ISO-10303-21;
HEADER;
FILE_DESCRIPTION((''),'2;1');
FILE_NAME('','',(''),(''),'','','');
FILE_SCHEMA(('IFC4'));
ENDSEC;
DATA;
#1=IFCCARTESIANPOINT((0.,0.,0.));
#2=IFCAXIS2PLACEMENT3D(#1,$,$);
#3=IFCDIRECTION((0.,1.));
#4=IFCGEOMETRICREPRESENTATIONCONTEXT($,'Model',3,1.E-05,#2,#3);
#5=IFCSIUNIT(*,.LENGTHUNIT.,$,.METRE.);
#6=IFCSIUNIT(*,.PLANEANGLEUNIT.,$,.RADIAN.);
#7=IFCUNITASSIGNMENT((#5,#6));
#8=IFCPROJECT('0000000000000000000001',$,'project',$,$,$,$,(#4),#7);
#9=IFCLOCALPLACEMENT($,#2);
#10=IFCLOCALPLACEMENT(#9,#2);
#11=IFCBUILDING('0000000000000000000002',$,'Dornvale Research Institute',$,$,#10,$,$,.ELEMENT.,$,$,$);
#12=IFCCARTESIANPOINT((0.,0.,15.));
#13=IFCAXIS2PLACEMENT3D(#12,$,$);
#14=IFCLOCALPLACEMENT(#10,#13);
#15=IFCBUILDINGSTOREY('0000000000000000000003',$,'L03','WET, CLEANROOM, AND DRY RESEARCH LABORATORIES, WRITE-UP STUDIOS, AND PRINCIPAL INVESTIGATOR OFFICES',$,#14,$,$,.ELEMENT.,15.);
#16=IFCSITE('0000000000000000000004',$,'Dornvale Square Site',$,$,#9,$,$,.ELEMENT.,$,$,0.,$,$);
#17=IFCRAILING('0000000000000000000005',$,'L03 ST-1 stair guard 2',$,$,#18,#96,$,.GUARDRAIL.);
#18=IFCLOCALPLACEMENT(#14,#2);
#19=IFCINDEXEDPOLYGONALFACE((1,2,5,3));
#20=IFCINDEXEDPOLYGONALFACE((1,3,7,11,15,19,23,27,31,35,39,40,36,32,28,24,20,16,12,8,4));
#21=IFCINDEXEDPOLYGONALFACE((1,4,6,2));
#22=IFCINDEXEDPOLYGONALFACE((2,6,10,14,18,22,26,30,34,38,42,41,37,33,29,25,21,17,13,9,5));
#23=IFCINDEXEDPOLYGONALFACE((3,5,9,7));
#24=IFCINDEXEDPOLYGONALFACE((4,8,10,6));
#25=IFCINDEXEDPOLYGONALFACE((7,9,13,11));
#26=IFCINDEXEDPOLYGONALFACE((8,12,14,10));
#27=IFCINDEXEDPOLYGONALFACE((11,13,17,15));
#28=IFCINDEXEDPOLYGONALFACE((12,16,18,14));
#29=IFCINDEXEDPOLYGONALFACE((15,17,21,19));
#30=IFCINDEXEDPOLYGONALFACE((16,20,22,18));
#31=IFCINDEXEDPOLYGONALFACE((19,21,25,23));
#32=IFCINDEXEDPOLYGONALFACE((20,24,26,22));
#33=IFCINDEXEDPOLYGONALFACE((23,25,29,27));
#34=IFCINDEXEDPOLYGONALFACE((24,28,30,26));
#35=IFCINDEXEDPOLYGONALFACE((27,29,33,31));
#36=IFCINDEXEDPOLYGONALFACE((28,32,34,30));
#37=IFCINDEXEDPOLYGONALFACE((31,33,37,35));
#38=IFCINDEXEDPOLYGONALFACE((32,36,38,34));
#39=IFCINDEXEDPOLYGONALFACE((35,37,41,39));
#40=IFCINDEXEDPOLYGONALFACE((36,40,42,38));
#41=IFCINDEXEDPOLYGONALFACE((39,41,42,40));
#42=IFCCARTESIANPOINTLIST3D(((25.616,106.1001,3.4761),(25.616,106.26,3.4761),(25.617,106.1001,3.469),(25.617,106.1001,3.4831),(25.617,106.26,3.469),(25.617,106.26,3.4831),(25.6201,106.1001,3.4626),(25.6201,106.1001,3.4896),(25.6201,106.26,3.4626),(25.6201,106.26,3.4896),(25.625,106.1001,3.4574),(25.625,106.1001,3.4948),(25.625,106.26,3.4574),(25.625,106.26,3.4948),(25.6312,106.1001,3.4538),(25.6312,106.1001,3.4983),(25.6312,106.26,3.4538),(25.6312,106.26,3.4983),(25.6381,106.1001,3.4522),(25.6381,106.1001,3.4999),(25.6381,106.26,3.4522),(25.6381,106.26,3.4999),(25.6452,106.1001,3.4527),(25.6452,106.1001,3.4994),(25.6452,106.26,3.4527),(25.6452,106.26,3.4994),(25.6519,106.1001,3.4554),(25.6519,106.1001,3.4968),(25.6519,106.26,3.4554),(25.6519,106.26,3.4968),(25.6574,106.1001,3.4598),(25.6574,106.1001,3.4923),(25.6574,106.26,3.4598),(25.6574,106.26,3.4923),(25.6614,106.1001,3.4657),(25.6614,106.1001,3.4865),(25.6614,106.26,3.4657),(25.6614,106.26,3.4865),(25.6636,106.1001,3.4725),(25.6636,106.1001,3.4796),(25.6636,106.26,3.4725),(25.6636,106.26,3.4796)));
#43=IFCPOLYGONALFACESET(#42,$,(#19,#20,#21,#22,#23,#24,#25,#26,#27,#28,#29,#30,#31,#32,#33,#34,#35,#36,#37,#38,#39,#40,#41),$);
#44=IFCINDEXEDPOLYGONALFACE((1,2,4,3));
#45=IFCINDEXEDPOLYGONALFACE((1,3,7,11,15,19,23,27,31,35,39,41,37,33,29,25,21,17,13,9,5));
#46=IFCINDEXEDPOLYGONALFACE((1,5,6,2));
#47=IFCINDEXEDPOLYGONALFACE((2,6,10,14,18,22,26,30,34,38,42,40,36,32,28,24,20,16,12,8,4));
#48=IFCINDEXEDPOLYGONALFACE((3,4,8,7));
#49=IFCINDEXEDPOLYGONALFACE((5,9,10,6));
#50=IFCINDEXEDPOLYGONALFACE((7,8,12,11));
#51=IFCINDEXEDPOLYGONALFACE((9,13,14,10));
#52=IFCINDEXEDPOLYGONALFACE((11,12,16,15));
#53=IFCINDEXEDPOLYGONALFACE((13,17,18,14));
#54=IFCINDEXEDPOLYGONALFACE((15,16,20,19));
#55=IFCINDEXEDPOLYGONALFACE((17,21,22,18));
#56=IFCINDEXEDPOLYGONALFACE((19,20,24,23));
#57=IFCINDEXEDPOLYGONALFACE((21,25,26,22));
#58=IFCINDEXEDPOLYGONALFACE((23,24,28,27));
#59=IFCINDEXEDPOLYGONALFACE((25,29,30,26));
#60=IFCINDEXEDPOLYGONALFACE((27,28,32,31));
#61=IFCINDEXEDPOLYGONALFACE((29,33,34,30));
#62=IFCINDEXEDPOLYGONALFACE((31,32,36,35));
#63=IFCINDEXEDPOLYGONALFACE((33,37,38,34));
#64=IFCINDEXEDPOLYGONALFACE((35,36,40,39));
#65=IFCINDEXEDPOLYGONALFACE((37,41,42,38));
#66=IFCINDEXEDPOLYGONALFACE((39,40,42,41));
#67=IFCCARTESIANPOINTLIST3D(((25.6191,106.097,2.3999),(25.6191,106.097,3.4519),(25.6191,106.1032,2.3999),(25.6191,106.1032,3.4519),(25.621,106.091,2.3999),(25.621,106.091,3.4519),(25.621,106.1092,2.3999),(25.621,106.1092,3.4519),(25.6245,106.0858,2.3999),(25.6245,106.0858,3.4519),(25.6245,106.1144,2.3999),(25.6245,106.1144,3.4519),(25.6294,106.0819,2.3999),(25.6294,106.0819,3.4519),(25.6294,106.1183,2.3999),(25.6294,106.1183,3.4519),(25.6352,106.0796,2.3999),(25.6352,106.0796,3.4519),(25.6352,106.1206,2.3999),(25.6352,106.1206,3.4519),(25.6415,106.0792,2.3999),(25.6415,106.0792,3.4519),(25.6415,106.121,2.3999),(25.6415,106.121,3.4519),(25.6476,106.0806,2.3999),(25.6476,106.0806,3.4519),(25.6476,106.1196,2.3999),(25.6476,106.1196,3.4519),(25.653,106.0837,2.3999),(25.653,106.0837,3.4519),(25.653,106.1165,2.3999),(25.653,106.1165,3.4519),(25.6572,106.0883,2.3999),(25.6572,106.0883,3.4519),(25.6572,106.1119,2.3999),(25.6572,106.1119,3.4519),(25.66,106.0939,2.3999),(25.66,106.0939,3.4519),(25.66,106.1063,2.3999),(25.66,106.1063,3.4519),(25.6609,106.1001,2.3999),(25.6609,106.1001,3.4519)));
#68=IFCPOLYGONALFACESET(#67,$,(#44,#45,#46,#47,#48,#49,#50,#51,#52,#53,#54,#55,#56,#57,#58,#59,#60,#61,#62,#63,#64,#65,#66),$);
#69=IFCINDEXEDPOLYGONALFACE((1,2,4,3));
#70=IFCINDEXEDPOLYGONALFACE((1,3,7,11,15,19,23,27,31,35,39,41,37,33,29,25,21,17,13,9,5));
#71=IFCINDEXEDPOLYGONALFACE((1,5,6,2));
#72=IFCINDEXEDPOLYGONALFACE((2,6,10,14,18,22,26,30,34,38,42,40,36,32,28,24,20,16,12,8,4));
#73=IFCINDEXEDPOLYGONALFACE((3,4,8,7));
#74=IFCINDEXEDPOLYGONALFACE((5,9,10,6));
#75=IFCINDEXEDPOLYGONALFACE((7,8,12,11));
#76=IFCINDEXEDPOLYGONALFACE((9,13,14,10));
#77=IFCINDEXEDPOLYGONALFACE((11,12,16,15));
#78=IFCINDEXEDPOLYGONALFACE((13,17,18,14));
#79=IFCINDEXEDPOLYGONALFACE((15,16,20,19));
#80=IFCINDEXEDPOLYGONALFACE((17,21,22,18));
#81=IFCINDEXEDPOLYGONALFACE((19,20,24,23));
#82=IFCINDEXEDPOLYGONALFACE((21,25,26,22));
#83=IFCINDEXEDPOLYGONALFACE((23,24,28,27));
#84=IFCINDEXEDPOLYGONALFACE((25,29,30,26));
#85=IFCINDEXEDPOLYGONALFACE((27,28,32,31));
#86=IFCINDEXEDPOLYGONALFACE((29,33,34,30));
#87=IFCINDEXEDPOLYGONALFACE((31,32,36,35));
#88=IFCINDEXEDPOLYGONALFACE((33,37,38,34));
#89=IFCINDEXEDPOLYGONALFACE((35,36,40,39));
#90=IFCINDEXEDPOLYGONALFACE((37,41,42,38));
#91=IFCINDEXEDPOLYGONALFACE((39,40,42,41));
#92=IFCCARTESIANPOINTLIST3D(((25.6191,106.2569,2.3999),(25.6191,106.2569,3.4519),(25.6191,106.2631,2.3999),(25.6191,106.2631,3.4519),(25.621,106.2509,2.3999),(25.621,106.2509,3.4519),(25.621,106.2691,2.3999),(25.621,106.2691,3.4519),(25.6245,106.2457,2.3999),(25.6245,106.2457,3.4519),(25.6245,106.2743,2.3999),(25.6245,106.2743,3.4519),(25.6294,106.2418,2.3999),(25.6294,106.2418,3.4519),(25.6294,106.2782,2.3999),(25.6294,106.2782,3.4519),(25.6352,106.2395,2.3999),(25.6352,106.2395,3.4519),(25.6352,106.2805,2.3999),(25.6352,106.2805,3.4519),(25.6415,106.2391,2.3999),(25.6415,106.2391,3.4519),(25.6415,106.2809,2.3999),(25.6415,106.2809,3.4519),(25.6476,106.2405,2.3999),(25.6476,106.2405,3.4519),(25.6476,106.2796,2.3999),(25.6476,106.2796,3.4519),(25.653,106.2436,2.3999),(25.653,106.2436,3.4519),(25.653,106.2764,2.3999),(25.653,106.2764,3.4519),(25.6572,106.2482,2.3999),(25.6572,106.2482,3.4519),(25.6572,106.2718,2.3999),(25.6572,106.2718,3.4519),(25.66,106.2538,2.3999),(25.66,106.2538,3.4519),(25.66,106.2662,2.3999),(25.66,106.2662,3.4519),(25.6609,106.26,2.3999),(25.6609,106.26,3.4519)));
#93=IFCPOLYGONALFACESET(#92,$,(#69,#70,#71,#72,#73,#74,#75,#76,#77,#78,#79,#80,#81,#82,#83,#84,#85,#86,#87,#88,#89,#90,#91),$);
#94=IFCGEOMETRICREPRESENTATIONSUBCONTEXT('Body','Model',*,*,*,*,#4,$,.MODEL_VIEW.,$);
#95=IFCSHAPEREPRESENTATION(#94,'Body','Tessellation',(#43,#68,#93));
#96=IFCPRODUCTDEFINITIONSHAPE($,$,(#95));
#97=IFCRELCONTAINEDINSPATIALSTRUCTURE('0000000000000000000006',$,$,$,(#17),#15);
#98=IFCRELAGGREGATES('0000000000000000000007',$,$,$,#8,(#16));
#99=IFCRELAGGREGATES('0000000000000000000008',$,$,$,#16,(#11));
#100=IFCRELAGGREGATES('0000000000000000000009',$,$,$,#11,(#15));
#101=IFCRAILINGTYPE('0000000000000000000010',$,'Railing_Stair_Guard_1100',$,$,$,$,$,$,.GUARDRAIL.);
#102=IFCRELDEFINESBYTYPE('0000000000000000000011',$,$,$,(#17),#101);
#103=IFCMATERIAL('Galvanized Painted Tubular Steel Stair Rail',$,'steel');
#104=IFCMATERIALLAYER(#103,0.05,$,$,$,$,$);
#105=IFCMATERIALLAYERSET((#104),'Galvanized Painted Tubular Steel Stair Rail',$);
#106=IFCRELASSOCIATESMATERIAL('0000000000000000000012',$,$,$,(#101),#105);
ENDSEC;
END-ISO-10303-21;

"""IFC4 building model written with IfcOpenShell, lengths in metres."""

from ifc_helpers import new_model, si_unit, direction, frame, origin, origin_2d, place, context, subcontext, project, spatial, circle, extrude, material, layer, layer_set, type_object, element, save


model = new_model("IFC4")

# Units and contexts
model_context = context("Model", 3, precision=1e-05, world=origin(), true_north=direction((0.0, 1.0)))
body_context = subcontext(model_context, "Body", "Model", "MODEL_VIEW")
ifc_project = project(units=[si_unit("LENGTHUNIT", "METRE"), si_unit("PLANEANGLEUNIT", "RADIAN")], contexts=[model_context])

# Site, building, storey
site_placement = place(None, origin())
site = spatial("IfcSite", under=ifc_project, at=site_placement, Name="Dornvale Square Site", CompositionType="ELEMENT", RefElevation=0.0)
building_placement = place(site_placement, origin())
building = spatial("IfcBuilding", under=site, at=building_placement, Name="Dornvale Research Institute", CompositionType="ELEMENT")
storey_placement = place(building_placement, frame((0.0, 0.0, 15.0)))
storey = spatial("IfcBuildingStorey", under=building, at=storey_placement, Name="L03", Description="WET, CLEANROOM, AND DRY RESEARCH LABORATORIES, WRITE-UP STUDIOS, AND PRINCIPAL INVESTIGATOR OFFICES", CompositionType="ELEMENT", Elevation=15.0)

# Railing
ifc_material_1 = material(Name="Galvanized Painted Tubular Steel Stair Rail", Category="steel")
ifc_layer_1 = layer(ifc_material_1, 0.05)
ifc_layer_set_1 = layer_set([ifc_layer_1], Name="Galvanized Painted Tubular Steel Stair Rail")
railing_type_1 = type_object("IfcRailingType", Name="Railing_Stair_Guard_1100", PredefinedType="GUARDRAIL", material=ifc_layer_set_1)
railing_1_placement = place(storey_placement, frame((25.6399, 106.1001, 2.3999)))
element("IfcRailing", 1, at=railing_1_placement, inside=storey, type_object=railing_type_1, Name="L03 ST-1 stair guard 2", PredefinedType="GUARDRAIL", context=body_context, shape_type="SweptSolid", body=[
    extrude(circle(Radius=0.0239, at=origin_2d()), frame((0.0, 0.0, 1.0762), z_axis=(0.0, 1.0, 0.0), x_axis=(-1.0, 0.0, 0.0)), (0.0, 0.0, 1.0), 0.1599),
    extrude(circle(Radius=0.021, at=origin_2d()), origin(), (0.0, 0.0, 1.0), 1.052),
    extrude(circle(Radius=0.021, at=origin_2d()), frame((0.0, 0.1599, 0.0)), (0.0, 0.0, 1.0), 1.052),
])

save(model, "model.ifc")
